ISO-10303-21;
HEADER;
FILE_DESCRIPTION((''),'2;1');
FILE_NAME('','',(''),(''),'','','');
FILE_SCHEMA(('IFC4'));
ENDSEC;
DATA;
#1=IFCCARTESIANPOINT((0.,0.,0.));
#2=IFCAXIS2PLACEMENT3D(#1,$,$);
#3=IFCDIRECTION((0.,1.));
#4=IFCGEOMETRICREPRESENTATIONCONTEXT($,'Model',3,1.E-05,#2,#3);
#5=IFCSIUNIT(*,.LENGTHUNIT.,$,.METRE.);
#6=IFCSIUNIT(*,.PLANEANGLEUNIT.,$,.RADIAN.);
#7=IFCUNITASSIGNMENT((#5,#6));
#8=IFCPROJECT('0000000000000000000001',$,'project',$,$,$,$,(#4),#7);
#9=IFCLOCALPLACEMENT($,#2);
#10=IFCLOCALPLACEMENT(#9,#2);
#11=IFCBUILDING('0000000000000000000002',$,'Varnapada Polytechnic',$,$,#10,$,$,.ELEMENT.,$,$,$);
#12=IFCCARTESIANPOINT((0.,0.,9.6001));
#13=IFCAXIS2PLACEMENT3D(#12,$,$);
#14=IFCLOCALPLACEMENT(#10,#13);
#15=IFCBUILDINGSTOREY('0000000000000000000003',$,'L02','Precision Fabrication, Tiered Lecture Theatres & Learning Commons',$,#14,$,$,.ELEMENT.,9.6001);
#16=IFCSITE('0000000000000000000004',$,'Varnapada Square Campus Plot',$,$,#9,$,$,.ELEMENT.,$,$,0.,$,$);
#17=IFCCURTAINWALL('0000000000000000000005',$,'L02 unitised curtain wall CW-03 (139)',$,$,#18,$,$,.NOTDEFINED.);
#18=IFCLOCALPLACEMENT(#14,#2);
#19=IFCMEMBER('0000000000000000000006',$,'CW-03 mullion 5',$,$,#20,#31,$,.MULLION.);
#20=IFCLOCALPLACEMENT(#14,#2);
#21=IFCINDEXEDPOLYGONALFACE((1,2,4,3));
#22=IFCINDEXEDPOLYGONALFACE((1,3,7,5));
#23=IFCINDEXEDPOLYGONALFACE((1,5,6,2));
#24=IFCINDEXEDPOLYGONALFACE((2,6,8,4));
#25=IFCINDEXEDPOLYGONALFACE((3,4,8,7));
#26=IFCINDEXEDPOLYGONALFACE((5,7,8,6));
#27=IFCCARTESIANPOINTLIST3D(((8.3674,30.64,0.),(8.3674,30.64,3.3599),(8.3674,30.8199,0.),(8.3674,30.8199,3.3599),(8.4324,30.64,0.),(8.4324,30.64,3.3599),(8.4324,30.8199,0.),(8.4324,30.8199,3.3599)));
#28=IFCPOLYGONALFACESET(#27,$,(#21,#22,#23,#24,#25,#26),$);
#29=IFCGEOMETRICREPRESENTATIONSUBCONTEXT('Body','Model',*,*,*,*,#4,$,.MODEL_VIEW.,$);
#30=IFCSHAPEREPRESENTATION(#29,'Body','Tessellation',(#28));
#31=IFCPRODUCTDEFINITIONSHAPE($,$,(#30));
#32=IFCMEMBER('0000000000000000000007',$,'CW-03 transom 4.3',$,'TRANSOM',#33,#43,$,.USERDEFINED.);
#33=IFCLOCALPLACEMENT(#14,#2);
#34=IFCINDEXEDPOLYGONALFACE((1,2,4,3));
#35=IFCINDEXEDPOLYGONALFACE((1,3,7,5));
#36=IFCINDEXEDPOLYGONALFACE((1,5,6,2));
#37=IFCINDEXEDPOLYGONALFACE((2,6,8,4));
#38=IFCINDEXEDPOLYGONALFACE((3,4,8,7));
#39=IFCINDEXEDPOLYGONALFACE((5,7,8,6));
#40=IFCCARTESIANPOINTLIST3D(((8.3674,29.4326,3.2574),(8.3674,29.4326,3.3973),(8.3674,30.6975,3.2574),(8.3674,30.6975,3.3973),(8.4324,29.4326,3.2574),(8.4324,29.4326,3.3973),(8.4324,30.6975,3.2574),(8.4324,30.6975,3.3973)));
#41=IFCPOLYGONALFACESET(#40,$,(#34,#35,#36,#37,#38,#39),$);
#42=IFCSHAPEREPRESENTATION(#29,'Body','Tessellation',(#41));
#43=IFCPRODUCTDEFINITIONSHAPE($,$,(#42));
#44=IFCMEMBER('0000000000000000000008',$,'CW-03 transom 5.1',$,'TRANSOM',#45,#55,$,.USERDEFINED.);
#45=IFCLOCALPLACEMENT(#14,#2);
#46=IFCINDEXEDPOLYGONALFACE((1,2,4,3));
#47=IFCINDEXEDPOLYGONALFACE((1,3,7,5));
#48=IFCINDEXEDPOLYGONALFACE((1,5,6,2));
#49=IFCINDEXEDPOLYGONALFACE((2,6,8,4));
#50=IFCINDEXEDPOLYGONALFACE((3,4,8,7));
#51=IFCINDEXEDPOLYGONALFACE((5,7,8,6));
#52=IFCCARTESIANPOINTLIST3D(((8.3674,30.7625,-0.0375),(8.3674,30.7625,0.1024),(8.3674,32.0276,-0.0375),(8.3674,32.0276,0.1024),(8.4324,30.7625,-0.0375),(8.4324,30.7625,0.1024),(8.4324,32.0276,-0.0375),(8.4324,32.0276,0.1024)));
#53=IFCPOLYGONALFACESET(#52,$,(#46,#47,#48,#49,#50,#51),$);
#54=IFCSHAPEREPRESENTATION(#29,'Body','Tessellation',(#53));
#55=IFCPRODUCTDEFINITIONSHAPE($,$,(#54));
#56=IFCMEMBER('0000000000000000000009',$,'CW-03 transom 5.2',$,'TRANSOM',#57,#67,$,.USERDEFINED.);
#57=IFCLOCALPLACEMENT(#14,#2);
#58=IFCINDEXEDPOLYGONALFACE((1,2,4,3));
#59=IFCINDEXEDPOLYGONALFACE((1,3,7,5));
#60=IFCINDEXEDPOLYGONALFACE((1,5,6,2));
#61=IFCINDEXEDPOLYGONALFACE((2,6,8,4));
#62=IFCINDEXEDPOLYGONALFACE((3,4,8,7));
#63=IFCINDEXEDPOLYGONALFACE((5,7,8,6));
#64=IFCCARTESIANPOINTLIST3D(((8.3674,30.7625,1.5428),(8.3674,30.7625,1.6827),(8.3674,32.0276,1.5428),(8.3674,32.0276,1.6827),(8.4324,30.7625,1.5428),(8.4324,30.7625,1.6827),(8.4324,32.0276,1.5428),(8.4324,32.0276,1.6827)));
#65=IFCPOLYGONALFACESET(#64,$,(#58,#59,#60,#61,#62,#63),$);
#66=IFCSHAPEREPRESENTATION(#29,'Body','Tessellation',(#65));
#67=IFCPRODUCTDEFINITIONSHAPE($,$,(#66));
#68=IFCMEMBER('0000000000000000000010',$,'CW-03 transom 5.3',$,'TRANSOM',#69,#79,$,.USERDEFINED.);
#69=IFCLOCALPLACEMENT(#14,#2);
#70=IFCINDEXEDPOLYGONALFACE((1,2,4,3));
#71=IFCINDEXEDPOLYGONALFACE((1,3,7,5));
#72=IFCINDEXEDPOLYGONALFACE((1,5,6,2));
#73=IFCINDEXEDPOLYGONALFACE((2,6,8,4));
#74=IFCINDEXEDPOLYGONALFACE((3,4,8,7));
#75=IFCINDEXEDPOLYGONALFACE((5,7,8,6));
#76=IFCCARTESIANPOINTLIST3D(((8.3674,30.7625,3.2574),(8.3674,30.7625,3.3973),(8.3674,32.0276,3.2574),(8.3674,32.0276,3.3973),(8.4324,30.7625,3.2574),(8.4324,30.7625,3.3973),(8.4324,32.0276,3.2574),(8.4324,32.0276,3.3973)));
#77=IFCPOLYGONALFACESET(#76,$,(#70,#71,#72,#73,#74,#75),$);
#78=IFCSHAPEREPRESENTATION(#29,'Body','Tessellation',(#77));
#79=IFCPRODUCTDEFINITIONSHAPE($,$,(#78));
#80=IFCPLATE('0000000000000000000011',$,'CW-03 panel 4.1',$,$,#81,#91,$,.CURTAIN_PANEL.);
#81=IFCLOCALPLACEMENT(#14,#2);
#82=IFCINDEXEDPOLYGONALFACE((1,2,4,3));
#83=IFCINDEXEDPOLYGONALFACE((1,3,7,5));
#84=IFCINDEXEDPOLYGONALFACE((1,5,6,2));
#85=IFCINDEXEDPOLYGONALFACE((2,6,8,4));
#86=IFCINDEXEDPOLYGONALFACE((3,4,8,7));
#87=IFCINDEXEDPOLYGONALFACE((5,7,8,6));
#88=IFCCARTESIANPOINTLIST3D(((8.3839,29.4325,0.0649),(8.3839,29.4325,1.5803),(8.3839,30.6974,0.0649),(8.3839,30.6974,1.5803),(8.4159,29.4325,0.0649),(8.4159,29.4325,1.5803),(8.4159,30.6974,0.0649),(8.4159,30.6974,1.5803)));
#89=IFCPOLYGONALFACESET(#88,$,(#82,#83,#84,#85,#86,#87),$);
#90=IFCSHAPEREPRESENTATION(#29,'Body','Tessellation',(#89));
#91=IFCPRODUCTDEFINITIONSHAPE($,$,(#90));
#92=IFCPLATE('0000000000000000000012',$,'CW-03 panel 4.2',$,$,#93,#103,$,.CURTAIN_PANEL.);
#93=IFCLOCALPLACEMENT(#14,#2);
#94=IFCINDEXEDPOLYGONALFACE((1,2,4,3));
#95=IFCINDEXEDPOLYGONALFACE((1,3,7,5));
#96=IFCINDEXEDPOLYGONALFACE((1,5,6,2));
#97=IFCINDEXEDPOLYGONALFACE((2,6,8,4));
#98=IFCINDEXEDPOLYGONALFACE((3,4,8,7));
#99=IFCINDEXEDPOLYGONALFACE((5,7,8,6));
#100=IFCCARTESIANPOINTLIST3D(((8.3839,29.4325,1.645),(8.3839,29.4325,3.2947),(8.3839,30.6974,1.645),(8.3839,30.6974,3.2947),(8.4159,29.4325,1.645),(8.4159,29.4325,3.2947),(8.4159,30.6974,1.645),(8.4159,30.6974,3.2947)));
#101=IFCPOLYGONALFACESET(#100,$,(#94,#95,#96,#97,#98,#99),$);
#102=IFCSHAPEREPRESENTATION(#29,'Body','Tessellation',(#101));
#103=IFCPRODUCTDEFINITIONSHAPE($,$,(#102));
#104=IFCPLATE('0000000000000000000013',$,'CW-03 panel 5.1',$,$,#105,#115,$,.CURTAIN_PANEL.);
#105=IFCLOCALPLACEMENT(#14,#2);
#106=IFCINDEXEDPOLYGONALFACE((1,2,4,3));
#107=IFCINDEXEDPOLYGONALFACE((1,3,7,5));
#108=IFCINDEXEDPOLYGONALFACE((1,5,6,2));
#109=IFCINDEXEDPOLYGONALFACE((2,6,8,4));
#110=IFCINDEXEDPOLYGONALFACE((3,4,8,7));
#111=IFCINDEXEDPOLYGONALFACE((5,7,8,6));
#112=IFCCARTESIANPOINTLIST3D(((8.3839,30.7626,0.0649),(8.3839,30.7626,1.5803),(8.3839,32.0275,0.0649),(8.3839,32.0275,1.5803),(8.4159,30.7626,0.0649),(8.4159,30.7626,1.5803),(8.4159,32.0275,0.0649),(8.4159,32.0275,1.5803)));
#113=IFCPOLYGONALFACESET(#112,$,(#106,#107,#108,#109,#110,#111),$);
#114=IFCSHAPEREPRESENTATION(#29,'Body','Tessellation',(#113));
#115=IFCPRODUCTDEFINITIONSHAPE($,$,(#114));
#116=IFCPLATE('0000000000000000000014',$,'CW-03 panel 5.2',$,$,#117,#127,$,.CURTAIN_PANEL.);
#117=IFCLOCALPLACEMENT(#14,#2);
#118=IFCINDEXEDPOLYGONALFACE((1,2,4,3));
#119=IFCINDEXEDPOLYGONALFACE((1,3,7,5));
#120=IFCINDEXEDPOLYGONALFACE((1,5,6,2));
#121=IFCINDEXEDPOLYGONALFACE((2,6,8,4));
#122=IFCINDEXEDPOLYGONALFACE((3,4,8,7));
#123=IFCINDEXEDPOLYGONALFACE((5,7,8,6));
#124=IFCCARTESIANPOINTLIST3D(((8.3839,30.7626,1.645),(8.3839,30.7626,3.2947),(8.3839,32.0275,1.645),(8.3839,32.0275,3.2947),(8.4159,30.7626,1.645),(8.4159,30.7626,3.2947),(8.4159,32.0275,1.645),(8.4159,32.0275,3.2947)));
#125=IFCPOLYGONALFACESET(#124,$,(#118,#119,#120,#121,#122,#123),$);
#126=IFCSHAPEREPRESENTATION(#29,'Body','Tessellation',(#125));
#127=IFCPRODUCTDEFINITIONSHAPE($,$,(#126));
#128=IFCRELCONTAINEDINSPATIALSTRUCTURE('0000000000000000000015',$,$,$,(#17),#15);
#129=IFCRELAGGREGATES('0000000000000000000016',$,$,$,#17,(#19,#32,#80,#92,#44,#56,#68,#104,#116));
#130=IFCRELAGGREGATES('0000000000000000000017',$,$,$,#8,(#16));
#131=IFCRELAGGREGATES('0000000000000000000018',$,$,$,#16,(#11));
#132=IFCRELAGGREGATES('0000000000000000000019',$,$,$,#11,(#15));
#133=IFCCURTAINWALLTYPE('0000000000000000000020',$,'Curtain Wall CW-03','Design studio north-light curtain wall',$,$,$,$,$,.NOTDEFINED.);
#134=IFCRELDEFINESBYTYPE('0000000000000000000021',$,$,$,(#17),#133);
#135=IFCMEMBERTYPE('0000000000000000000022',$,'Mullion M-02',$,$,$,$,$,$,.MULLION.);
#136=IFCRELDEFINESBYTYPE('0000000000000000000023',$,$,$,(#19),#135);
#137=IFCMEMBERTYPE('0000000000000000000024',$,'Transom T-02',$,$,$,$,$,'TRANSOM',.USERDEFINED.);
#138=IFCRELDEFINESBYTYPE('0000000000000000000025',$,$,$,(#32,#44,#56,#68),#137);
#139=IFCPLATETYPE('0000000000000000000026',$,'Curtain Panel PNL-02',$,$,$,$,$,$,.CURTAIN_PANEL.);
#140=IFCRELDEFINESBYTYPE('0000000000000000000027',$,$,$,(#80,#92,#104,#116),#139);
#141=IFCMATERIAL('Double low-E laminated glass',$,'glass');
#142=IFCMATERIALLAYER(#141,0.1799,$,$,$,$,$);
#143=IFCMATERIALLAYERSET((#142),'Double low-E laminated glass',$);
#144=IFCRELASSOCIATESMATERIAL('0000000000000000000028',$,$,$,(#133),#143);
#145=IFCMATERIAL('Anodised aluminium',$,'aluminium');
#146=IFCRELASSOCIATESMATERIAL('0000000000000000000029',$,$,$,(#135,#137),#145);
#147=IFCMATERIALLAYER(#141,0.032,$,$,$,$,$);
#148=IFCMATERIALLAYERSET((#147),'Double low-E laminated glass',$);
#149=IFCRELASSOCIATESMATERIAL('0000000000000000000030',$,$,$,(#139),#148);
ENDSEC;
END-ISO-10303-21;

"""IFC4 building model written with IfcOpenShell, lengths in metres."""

from ifc_helpers import new_model, si_unit, direction, frame, origin, origin_2d, place, context, subcontext, project, spatial, rectangle, extrude, material, layer, layer_set, material_profile, profile_set, type_object, element, aggregate, save


model = new_model("IFC4")

# Units and contexts
model_context = context("Model", 3, precision=1e-05, world=origin(), true_north=direction((0.0, 1.0)))
body_context = subcontext(model_context, "Body", "Model", "MODEL_VIEW")
ifc_project = project(units=[si_unit("LENGTHUNIT", "METRE"), si_unit("PLANEANGLEUNIT", "RADIAN")], contexts=[model_context])

# Site, building, storey
site_placement = place(None, origin())
site = spatial("IfcSite", under=ifc_project, at=site_placement, Name="Varnapada Square Campus Plot", CompositionType="ELEMENT", RefElevation=0.0)
building_placement = place(site_placement, origin())
building = spatial("IfcBuilding", under=site, at=building_placement, Name="Varnapada Polytechnic", CompositionType="ELEMENT")
storey_placement = place(building_placement, frame((0.0, 0.0, 9.6001)))
storey = spatial("IfcBuildingStorey", under=building, at=storey_placement, Name="L02", Description="Precision Fabrication, Tiered Lecture Theatres & Learning Commons", CompositionType="ELEMENT", Elevation=9.6001)

# Curtain wall, members, plates
ifc_material_1 = material(Name="Double low-E laminated glass", Category="glass")
ifc_layer_1 = layer(ifc_material_1, 0.1799)
ifc_layer_set_1 = layer_set([ifc_layer_1], Name="Double low-E laminated glass")
curtain_wall_type = type_object("IfcCurtainWallType", Name="Curtain Wall CW-03", Description="Design studio north-light curtain wall", PredefinedType="NOTDEFINED", material=ifc_layer_set_1)
curtain_wall_placement = place(storey_placement, origin())
curtain_wall = element("IfcCurtainWall", 1, at=curtain_wall_placement, inside=storey, type_object=curtain_wall_type, Name="L02 unitised curtain wall CW-03 (139)", PredefinedType="NOTDEFINED")
ifc_material_2 = material(Name="Anodised aluminium", Category="aluminium")
ifc_material_profile_1 = material_profile(ifc_material_2, rectangle(XDim=0.0649, YDim=0.1799, at=origin_2d()), Name="ALU M65x180")
ifc_profile_set_1 = profile_set([ifc_material_profile_1], Name="Anodised aluminium")
member_type_1 = type_object("IfcMemberType", Name="Mullion M-02", PredefinedType="MULLION", material=ifc_profile_set_1)
member_1_placement = place(storey_placement, frame((8.3999, 30.73, 0.0), z_axis=(0.0, 0.0, 1.0), x_axis=(-1.0, 0.0, 0.0)))
member_1 = element("IfcMember", 2, at=member_1_placement, type_object=member_type_1, Name="CW-03 mullion 5", PredefinedType="MULLION", context=body_context, shape_type="SweptSolid", body=[
    extrude(rectangle(XDim=0.0649, YDim=0.1799, at=origin_2d()), origin(), (0.0, 0.0, 1.0), 3.3599),
])
ifc_material_profile_2 = material_profile(ifc_material_2, rectangle(XDim=0.0649, YDim=0.1399, at=origin_2d()), Name="ALU T65x140")
ifc_profile_set_2 = profile_set([ifc_material_profile_2], Name="Anodised aluminium")
member_type_2 = type_object("IfcMemberType", Name="Transom T-02", ElementType="TRANSOM", PredefinedType="USERDEFINED", material=ifc_profile_set_2)
member_2_placement = place(storey_placement, frame((8.3999, 29.4326, 3.3274), z_axis=(0.0, 1.0, 0.0), x_axis=(-1.0, 0.0, 0.0)))
member_2 = element("IfcMember", 3, at=member_2_placement, type_object=member_type_2, Name="CW-03 transom 4.3", ObjectType="TRANSOM", PredefinedType="USERDEFINED", context=body_context, shape_type="SweptSolid", body=[
    extrude(rectangle(XDim=0.0649, YDim=0.1399, at=origin_2d()), origin(), (0.0, 0.0, 1.0), 1.2649),
])
member_3_placement = place(storey_placement, frame((8.3999, 30.7625, 0.0325), z_axis=(0.0, 1.0, 0.0), x_axis=(-1.0, 0.0, 0.0)))
member_3 = element("IfcMember", 4, at=member_3_placement, type_object=member_type_2, Name="CW-03 transom 5.1", ObjectType="TRANSOM", PredefinedType="USERDEFINED", context=body_context, shape_type="SweptSolid", body=[
    extrude(rectangle(XDim=0.0649, YDim=0.1399, at=origin_2d()), origin(), (0.0, 0.0, 1.0), 1.2651),
])
member_4_placement = place(storey_placement, frame((8.3999, 30.7625, 1.6128), z_axis=(0.0, 1.0, 0.0), x_axis=(-1.0, 0.0, 0.0)))
member_4 = element("IfcMember", 5, at=member_4_placement, type_object=member_type_2, Name="CW-03 transom 5.2", ObjectType="TRANSOM", PredefinedType="USERDEFINED", context=body_context, shape_type="SweptSolid", body=[
    extrude(rectangle(XDim=0.0649, YDim=0.1399, at=origin_2d()), origin(), (0.0, 0.0, 1.0), 1.2651),
])
member_5_placement = place(storey_placement, frame((8.3999, 30.7625, 3.3274), z_axis=(0.0, 1.0, 0.0), x_axis=(-1.0, 0.0, 0.0)))
member_5 = element("IfcMember", 6, at=member_5_placement, type_object=member_type_2, Name="CW-03 transom 5.3", ObjectType="TRANSOM", PredefinedType="USERDEFINED", context=body_context, shape_type="SweptSolid", body=[
    extrude(rectangle(XDim=0.0649, YDim=0.1399, at=origin_2d()), origin(), (0.0, 0.0, 1.0), 1.2651),
])
ifc_layer_2 = layer(ifc_material_1, 0.032)
ifc_layer_set_2 = layer_set([ifc_layer_2], Name="Double low-E laminated glass")
plate_type = type_object("IfcPlateType", Name="Curtain Panel PNL-02", PredefinedType="CURTAIN_PANEL", material=ifc_layer_set_2)
plate_1_placement = place(storey_placement, frame((8.3999, 30.0649, 0.0649), z_axis=(0.0, 0.0, 1.0), x_axis=(0.0, 1.0, 0.0)))
plate_1 = element("IfcPlate", 7, at=plate_1_placement, type_object=plate_type, Name="CW-03 panel 4.1", PredefinedType="CURTAIN_PANEL", context=body_context, shape_type="SweptSolid", body=[
    extrude(rectangle(XDim=1.2649, YDim=0.032, at=origin_2d()), origin(), (0.0, 0.0, 1.0), 1.5154),
])
plate_2_placement = place(storey_placement, frame((8.3999, 30.0649, 1.645), z_axis=(0.0, 0.0, 1.0), x_axis=(0.0, 1.0, 0.0)))
plate_2 = element("IfcPlate", 8, at=plate_2_placement, type_object=plate_type, Name="CW-03 panel 4.2", PredefinedType="CURTAIN_PANEL", context=body_context, shape_type="SweptSolid", body=[
    extrude(rectangle(XDim=1.2649, YDim=0.032, at=origin_2d()), origin(), (0.0, 0.0, 1.0), 1.6497),
])
plate_3_placement = place(storey_placement, frame((8.3999, 31.395, 0.0649), z_axis=(0.0, 0.0, 1.0), x_axis=(0.0, 1.0, 0.0)))
plate_3 = element("IfcPlate", 9, at=plate_3_placement, type_object=plate_type, Name="CW-03 panel 5.1", PredefinedType="CURTAIN_PANEL", context=body_context, shape_type="SweptSolid", body=[
    extrude(rectangle(XDim=1.2649, YDim=0.032, at=origin_2d()), origin(), (0.0, 0.0, 1.0), 1.5154),
])
plate_4_placement = place(storey_placement, frame((8.3999, 31.395, 1.645), z_axis=(0.0, 0.0, 1.0), x_axis=(0.0, 1.0, 0.0)))
plate_4 = element("IfcPlate", 10, at=plate_4_placement, type_object=plate_type, Name="CW-03 panel 5.2", PredefinedType="CURTAIN_PANEL", context=body_context, shape_type="SweptSolid", body=[
    extrude(rectangle(XDim=1.2649, YDim=0.032, at=origin_2d()), origin(), (0.0, 0.0, 1.0), 1.6497),
])
aggregate(curtain_wall, [member_1, member_2, plate_1, plate_2, member_3, member_4, member_5, plate_3, plate_4])

save(model, "model.ifc")
